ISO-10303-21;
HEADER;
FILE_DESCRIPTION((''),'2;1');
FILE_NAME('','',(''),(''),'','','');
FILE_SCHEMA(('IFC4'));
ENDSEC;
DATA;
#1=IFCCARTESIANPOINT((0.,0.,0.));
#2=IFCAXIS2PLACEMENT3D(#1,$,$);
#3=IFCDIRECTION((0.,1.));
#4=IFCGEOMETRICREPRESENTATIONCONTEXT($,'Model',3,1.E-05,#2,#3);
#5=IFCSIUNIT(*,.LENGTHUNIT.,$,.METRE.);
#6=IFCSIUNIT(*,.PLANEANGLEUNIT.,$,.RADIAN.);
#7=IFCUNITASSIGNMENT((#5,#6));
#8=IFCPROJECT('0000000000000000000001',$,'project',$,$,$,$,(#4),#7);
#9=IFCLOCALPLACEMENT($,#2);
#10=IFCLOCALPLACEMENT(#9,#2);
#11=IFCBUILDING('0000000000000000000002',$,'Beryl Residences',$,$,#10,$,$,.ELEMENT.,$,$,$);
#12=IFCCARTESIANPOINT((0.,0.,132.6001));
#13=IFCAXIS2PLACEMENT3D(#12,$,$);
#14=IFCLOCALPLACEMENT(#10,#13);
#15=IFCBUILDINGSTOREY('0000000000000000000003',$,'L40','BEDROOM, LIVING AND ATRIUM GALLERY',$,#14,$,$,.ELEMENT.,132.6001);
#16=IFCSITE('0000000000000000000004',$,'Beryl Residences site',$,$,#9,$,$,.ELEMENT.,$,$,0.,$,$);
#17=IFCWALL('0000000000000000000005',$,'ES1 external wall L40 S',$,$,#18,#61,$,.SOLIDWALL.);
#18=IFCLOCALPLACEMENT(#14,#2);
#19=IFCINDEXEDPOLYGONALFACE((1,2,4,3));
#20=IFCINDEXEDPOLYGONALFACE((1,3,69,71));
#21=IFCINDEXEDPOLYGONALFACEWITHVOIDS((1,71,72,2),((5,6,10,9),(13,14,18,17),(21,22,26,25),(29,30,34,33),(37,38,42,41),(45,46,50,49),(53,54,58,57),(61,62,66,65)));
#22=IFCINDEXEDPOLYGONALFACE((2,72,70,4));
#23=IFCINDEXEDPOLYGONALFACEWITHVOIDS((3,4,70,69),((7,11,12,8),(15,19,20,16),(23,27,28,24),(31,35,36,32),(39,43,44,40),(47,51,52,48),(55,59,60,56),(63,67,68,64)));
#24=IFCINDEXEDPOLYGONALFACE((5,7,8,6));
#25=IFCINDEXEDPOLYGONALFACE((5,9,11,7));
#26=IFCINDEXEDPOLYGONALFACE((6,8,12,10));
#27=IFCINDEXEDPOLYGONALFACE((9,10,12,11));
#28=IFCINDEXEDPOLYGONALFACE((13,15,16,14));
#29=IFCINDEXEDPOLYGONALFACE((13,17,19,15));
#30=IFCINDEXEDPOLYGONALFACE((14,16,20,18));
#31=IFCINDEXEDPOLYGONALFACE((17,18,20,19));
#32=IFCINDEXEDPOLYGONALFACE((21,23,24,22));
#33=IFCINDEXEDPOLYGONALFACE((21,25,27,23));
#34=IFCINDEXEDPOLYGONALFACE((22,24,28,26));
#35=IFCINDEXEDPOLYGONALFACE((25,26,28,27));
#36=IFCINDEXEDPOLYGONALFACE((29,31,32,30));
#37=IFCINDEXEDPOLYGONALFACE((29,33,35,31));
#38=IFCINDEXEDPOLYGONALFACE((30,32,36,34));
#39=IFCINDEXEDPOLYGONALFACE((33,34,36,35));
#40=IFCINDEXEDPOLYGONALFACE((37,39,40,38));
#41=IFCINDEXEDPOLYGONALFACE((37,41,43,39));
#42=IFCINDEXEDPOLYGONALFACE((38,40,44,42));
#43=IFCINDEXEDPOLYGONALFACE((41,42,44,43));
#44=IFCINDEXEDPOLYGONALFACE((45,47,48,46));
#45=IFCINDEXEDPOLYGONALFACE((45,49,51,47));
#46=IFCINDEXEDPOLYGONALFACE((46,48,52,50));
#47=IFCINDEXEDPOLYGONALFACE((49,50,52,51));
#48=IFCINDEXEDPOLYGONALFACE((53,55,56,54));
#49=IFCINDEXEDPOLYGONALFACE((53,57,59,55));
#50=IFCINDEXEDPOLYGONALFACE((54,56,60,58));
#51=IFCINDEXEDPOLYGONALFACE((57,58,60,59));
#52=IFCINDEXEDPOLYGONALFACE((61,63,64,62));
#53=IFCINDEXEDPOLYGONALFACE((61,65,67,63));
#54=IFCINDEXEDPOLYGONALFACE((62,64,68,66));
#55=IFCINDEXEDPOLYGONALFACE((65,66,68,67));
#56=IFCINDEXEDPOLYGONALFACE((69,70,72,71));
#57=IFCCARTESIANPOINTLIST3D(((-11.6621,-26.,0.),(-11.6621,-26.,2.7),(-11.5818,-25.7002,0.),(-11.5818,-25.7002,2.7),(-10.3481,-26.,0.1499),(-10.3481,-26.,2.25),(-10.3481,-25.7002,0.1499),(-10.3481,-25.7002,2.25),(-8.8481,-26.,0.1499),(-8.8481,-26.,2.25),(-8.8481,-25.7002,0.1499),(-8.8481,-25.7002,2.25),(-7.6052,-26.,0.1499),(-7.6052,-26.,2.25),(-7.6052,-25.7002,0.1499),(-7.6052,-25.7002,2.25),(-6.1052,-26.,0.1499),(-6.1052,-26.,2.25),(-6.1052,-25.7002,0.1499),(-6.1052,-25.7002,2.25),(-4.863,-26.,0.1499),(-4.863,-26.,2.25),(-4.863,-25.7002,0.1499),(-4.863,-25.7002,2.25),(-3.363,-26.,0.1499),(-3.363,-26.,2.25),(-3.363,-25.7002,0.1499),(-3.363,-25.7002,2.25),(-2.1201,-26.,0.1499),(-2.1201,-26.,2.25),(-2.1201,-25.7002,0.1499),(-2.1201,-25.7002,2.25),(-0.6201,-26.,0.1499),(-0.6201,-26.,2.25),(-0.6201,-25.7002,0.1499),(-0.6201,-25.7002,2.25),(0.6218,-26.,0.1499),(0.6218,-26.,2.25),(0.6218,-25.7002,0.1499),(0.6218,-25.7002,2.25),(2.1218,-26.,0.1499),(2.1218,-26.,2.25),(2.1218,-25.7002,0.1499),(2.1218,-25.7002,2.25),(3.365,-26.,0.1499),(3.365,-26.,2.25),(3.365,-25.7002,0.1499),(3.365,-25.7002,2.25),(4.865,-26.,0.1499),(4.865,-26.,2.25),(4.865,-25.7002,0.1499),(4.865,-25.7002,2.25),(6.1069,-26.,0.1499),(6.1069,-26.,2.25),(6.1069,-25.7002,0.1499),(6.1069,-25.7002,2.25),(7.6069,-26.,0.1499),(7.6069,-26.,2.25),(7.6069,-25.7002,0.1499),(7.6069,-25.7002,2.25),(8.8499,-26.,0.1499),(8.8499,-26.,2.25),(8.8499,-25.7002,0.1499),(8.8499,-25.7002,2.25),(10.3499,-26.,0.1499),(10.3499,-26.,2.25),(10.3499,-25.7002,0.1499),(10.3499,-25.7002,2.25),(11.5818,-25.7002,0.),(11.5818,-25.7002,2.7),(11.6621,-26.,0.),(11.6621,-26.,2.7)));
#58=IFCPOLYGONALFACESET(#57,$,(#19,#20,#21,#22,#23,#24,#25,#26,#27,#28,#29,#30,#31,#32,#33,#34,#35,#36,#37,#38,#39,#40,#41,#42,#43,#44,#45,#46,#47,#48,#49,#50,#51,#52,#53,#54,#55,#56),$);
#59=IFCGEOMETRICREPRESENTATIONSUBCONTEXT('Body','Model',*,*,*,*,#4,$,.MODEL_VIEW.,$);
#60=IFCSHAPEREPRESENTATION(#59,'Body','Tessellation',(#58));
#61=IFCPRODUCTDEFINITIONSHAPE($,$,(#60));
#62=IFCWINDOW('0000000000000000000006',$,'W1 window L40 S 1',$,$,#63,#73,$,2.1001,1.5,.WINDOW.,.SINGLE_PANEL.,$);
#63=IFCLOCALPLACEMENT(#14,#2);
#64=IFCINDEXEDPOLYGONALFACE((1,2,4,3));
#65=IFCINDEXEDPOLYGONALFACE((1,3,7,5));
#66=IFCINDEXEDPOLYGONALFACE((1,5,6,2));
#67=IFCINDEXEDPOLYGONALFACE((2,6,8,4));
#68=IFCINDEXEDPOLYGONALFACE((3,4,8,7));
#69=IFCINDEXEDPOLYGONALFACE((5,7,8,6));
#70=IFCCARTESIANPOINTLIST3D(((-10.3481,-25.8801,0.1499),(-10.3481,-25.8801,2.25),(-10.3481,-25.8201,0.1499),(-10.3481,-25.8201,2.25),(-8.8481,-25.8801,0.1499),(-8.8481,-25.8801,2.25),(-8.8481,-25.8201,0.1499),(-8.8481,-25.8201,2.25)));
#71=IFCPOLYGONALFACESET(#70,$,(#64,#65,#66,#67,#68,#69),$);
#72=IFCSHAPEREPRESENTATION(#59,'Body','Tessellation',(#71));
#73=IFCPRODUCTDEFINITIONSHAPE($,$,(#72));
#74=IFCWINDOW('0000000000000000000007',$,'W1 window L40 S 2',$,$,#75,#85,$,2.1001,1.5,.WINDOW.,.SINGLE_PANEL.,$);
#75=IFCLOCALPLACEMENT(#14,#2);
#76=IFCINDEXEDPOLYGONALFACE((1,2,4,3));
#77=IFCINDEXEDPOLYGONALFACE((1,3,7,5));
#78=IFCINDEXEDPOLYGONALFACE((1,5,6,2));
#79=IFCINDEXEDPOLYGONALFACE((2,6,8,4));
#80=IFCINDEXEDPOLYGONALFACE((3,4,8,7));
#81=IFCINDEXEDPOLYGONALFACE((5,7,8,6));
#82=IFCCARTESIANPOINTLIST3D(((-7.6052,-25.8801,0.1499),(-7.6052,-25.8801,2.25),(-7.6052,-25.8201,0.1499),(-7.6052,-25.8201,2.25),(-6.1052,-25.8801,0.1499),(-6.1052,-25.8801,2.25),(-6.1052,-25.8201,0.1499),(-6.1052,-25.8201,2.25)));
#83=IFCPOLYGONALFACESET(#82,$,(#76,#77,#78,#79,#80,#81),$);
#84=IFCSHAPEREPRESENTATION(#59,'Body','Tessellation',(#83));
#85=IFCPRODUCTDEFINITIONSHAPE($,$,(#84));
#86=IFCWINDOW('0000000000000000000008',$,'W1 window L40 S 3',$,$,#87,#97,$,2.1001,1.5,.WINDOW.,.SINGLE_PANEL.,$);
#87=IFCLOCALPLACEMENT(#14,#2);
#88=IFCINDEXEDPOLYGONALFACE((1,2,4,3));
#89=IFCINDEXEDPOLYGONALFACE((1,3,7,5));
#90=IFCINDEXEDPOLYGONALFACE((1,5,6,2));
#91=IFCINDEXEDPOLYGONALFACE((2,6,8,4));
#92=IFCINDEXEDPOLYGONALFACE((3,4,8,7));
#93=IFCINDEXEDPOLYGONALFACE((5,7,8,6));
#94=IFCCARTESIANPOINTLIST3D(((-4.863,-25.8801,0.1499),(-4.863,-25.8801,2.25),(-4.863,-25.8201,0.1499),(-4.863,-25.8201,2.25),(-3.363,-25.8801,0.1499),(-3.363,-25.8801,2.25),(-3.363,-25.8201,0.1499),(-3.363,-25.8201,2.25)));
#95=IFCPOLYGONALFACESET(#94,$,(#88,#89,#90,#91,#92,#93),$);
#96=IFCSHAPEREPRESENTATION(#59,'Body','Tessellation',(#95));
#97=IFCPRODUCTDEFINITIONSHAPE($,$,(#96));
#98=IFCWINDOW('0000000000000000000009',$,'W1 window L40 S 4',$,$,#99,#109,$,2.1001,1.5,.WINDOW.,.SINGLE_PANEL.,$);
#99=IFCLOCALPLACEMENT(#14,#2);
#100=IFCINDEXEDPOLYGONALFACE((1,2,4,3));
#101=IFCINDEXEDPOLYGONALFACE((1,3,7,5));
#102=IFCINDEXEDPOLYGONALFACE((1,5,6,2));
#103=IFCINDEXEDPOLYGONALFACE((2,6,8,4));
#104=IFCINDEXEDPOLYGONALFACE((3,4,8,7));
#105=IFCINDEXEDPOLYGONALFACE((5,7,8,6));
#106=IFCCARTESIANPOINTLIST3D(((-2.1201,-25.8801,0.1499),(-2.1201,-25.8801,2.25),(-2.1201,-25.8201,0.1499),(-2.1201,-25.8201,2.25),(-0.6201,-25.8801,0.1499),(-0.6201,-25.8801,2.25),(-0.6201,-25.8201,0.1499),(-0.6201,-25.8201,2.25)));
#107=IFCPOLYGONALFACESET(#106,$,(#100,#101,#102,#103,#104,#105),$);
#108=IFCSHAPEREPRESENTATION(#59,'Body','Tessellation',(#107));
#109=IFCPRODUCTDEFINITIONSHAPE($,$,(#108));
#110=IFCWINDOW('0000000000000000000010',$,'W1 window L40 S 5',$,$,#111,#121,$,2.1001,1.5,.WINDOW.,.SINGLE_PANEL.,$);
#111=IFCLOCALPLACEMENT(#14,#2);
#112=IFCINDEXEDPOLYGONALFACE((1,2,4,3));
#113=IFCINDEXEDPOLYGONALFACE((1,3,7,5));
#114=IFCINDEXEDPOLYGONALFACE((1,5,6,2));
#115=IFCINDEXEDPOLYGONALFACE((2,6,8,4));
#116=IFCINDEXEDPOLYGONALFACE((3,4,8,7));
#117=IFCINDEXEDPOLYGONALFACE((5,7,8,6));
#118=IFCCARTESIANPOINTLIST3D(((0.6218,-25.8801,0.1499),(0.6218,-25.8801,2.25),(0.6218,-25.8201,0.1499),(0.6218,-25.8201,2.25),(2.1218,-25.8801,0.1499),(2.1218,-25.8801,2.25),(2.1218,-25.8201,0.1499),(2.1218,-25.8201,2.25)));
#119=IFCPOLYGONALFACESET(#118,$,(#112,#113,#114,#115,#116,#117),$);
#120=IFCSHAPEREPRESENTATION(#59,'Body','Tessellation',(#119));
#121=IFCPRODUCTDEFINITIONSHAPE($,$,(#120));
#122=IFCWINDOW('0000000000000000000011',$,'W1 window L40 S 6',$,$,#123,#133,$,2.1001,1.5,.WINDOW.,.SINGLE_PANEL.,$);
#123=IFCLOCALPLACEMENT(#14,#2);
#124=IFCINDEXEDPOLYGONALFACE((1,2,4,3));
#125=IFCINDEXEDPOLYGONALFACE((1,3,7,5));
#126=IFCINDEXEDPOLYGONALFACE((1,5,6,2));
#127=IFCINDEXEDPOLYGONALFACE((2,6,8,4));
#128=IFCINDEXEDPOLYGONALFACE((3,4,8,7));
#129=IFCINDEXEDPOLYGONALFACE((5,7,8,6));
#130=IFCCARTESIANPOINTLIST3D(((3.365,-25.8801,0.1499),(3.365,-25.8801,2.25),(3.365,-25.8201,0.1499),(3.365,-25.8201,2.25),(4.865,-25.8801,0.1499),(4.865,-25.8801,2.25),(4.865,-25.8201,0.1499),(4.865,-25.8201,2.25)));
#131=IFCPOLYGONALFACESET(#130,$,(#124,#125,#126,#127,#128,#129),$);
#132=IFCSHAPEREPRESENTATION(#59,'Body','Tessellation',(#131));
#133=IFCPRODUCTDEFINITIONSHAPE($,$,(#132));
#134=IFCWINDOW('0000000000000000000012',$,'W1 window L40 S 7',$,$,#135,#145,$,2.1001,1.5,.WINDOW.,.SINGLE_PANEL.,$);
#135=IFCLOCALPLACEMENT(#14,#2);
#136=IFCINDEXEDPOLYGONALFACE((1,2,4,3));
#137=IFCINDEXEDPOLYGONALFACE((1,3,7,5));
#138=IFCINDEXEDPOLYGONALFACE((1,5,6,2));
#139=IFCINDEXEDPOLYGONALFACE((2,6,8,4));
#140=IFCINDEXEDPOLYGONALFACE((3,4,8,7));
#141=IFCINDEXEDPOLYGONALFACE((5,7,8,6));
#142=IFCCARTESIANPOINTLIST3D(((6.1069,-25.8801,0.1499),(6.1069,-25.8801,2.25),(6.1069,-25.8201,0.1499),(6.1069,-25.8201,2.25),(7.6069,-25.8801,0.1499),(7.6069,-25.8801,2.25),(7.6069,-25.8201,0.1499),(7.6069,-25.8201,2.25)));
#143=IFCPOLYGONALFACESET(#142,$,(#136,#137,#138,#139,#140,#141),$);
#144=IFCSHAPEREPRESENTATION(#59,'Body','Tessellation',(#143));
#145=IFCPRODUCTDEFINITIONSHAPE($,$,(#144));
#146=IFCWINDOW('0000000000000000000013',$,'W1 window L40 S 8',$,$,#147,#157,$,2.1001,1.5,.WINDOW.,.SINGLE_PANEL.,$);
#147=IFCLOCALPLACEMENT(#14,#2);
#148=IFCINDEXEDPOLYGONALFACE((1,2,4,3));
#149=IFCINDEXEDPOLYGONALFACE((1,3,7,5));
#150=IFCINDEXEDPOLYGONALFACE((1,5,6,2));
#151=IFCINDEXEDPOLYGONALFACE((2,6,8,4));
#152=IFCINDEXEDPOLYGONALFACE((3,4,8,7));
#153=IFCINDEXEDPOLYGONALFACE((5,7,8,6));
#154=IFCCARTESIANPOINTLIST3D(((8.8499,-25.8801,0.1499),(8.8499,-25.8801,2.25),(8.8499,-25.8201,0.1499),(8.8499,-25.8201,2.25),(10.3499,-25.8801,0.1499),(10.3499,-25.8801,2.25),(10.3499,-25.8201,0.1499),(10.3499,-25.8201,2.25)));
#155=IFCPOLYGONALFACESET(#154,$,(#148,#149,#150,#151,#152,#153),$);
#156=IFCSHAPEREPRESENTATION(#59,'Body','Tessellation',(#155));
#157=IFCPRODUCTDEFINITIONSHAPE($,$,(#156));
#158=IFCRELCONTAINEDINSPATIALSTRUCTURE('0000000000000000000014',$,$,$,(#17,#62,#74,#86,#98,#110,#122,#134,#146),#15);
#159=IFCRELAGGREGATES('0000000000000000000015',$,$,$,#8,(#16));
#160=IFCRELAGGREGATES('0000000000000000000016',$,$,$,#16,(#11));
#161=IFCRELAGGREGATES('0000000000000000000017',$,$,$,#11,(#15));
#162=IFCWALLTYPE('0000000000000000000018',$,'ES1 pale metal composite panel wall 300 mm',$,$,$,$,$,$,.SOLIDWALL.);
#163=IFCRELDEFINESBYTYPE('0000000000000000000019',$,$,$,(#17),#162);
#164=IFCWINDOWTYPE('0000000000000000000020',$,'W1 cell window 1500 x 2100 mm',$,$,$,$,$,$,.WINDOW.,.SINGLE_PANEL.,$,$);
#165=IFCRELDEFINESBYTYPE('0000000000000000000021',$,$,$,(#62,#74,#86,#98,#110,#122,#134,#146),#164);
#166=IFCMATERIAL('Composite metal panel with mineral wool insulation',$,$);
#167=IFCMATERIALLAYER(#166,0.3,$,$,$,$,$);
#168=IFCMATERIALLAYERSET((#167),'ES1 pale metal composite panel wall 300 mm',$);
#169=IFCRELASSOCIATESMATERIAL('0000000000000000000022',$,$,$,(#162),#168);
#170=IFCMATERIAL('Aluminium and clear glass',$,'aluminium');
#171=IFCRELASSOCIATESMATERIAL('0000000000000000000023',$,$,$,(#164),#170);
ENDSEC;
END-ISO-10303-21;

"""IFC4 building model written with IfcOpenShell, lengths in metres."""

from ifc_helpers import new_model, si_unit, direction, frame, frame_2d, origin, place, context, subcontext, project, spatial, polyline, rectangle, outline, extrude, material, layer, layer_set, type_object, element, fill, save


model = new_model("IFC4")

# Units and contexts
model_context = context("Model", 3, precision=1e-05, world=origin(), true_north=direction((0.0, 1.0)))
body_context = subcontext(model_context, "Body", "Model", "MODEL_VIEW")
ifc_project = project(units=[si_unit("LENGTHUNIT", "METRE"), si_unit("PLANEANGLEUNIT", "RADIAN")], contexts=[model_context])

# Site, building, storey
site_placement = place(None, origin())
site = spatial("IfcSite", under=ifc_project, at=site_placement, Name="Beryl Residences site", CompositionType="ELEMENT", RefElevation=0.0)
building_placement = place(site_placement, origin())
building = spatial("IfcBuilding", under=site, at=building_placement, Name="Beryl Residences", CompositionType="ELEMENT")
storey_placement = place(building_placement, frame((0.0, 0.0, 132.6001)))
storey = spatial("IfcBuildingStorey", under=building, at=storey_placement, Name="L40", Description="BEDROOM, LIVING AND ATRIUM GALLERY", CompositionType="ELEMENT", Elevation=132.6001)

# Wall, openings, windows
ifc_material_1 = material(Name="Composite metal panel with mineral wool insulation")
ifc_layer_1 = layer(ifc_material_1, 0.3)
ifc_layer_set_1 = layer_set([ifc_layer_1], Name="ES1 pale metal composite panel wall 300 mm")
wall_type_1 = type_object("IfcWallType", Name="ES1 pale metal composite panel wall 300 mm", PredefinedType="SOLIDWALL", material=ifc_layer_set_1)
wall_1_placement = place(storey_placement, frame((-11.6621, -25.8501, 0.0), z_axis=(0.0, 0.0, 1.0), x_axis=(1.0, 0.0, 0.0)))
wall_1 = element("IfcWall", 1, at=wall_1_placement, inside=storey, type_object=wall_type_1, Name="ES1 external wall L40 S", PredefinedType="SOLIDWALL", context=body_context, shape_type="SweptSolid", body=[
    extrude(outline(polyline([(0.0, -0.1499), (23.3242, -0.1499), (23.2439, 0.1499), (0.0803, 0.1499), (0.0, -0.1499)])), origin(), (0.0, 0.0, 1.0), 2.7),
])
opening_1_placement = place(wall_1_placement, frame((1.314, 0.0, 0.1499)))
opening_1 = element("IfcOpeningElement", 2, at=opening_1_placement, cuts=wall_1, PredefinedType="OPENING", context=body_context, shape_type="SweptSolid", body=[
    extrude(rectangle(XDim=1.5, YDim=2.1001, at=frame_2d((0.75, 1.05))), frame((0.0, 0.1599, 0.0), z_axis=(0.0, -1.0, 0.0), x_axis=(1.0, 0.0, 0.0)), (0.0, 0.0, 1.0), 0.3201),
])
opening_2_placement = place(wall_1_placement, frame((4.0569, 0.0, 0.1499)))
opening_2 = element("IfcOpeningElement", 3, at=opening_2_placement, cuts=wall_1, PredefinedType="OPENING", context=body_context, shape_type="SweptSolid", body=[
    extrude(rectangle(XDim=1.5, YDim=2.1001, at=frame_2d((0.75, 1.05))), frame((0.0, 0.1599, 0.0), z_axis=(0.0, -1.0, 0.0), x_axis=(1.0, 0.0, 0.0)), (0.0, 0.0, 1.0), 0.3201),
])
opening_3_placement = place(wall_1_placement, frame((6.7991, 0.0, 0.1499)))
opening_3 = element("IfcOpeningElement", 4, at=opening_3_placement, cuts=wall_1, PredefinedType="OPENING", context=body_context, shape_type="SweptSolid", body=[
    extrude(rectangle(XDim=1.5, YDim=2.1001, at=frame_2d((0.75, 1.05))), frame((0.0, 0.1599, 0.0), z_axis=(0.0, -1.0, 0.0), x_axis=(1.0, 0.0, 0.0)), (0.0, 0.0, 1.0), 0.3201),
])
opening_4_placement = place(wall_1_placement, frame((9.542, 0.0, 0.1499)))
opening_4 = element("IfcOpeningElement", 5, at=opening_4_placement, cuts=wall_1, PredefinedType="OPENING", context=body_context, shape_type="SweptSolid", body=[
    extrude(rectangle(XDim=1.5, YDim=2.1001, at=frame_2d((0.75, 1.05))), frame((0.0, 0.1599, 0.0), z_axis=(0.0, -1.0, 0.0), x_axis=(1.0, 0.0, 0.0)), (0.0, 0.0, 1.0), 0.3201),
])
opening_5_placement = place(wall_1_placement, frame((12.2839, 0.0, 0.1499)))
opening_5 = element("IfcOpeningElement", 6, at=opening_5_placement, cuts=wall_1, PredefinedType="OPENING", context=body_context, shape_type="SweptSolid", body=[
    extrude(rectangle(XDim=1.5, YDim=2.1001, at=frame_2d((0.75, 1.05))), frame((0.0, 0.1599, 0.0), z_axis=(0.0, -1.0, 0.0), x_axis=(1.0, 0.0, 0.0)), (0.0, 0.0, 1.0), 0.3201),
])
opening_6_placement = place(wall_1_placement, frame((15.0271, 0.0, 0.1499)))
opening_6 = element("IfcOpeningElement", 7, at=opening_6_placement, cuts=wall_1, PredefinedType="OPENING", context=body_context, shape_type="SweptSolid", body=[
    extrude(rectangle(XDim=1.5, YDim=2.1001, at=frame_2d((0.75, 1.05))), frame((0.0, 0.1599, 0.0), z_axis=(0.0, -1.0, 0.0), x_axis=(1.0, 0.0, 0.0)), (0.0, 0.0, 1.0), 0.3201),
])
opening_7_placement = place(wall_1_placement, frame((17.769, 0.0, 0.1499)))
opening_7 = element("IfcOpeningElement", 8, at=opening_7_placement, cuts=wall_1, PredefinedType="OPENING", context=body_context, shape_type="SweptSolid", body=[
    extrude(rectangle(XDim=1.5, YDim=2.1001, at=frame_2d((0.75, 1.05))), frame((0.0, 0.1599, 0.0), z_axis=(0.0, -1.0, 0.0), x_axis=(1.0, 0.0, 0.0)), (0.0, 0.0, 1.0), 0.3201),
])
opening_8_placement = place(wall_1_placement, frame((20.512, 0.0, 0.1499)))
opening_8 = element("IfcOpeningElement", 9, at=opening_8_placement, cuts=wall_1, PredefinedType="OPENING", context=body_context, shape_type="SweptSolid", body=[
    extrude(rectangle(XDim=1.5, YDim=2.1001, at=frame_2d((0.75, 1.05))), frame((0.0, 0.1599, 0.0), z_axis=(0.0, -1.0, 0.0), x_axis=(1.0, 0.0, 0.0)), (0.0, 0.0, 1.0), 0.3201),
])
ifc_material_2 = material(Name="Aluminium and clear glass", Category="aluminium")
window_type = type_object("IfcWindowType", Name="W1 cell window 1500 x 2100 mm", PartitioningType="SINGLE_PANEL", PredefinedType="WINDOW", material=ifc_material_2)
window_1_placement = place(opening_1_placement, origin())
window_1 = element("IfcWindow", 10, at=window_1_placement, inside=storey, type_object=window_type, Name="W1 window L40 S 1", OverallHeight=2.1001, OverallWidth=1.5, PartitioningType="SINGLE_PANEL", PredefinedType="WINDOW", context=body_context, shape_type="SweptSolid", body=[
    extrude(rectangle(XDim=1.5, YDim=2.1001, at=frame_2d((0.75, 1.05))), frame((0.0, 0.03, 0.0), z_axis=(0.0, -1.0, 0.0), x_axis=(1.0, 0.0, 0.0)), (0.0, 0.0, 1.0), 0.0601),
])
fill(opening_1, window_1)
window_2_placement = place(opening_2_placement, origin())
window_2 = element("IfcWindow", 11, at=window_2_placement, inside=storey, type_object=window_type, Name="W1 window L40 S 2", OverallHeight=2.1001, OverallWidth=1.5, PartitioningType="SINGLE_PANEL", PredefinedType="WINDOW", context=body_context, shape_type="SweptSolid", body=[
    extrude(rectangle(XDim=1.5, YDim=2.1001, at=frame_2d((0.75, 1.05))), frame((0.0, 0.03, 0.0), z_axis=(0.0, -1.0, 0.0), x_axis=(1.0, 0.0, 0.0)), (0.0, 0.0, 1.0), 0.0601),
])
fill(opening_2, window_2)
window_3_placement = place(opening_3_placement, origin())
window_3 = element("IfcWindow", 12, at=window_3_placement, inside=storey, type_object=window_type, Name="W1 window L40 S 3", OverallHeight=2.1001, OverallWidth=1.5, PartitioningType="SINGLE_PANEL", PredefinedType="WINDOW", context=body_context, shape_type="SweptSolid", body=[
    extrude(rectangle(XDim=1.5, YDim=2.1001, at=frame_2d((0.75, 1.05))), frame((0.0, 0.03, 0.0), z_axis=(0.0, -1.0, 0.0), x_axis=(1.0, 0.0, 0.0)), (0.0, 0.0, 1.0), 0.0601),
])
fill(opening_3, window_3)
window_4_placement = place(opening_4_placement, origin())
window_4 = element("IfcWindow", 13, at=window_4_placement, inside=storey, type_object=window_type, Name="W1 window L40 S 4", OverallHeight=2.1001, OverallWidth=1.5, PartitioningType="SINGLE_PANEL", PredefinedType="WINDOW", context=body_context, shape_type="SweptSolid", body=[
    extrude(rectangle(XDim=1.5, YDim=2.1001, at=frame_2d((0.75, 1.05))), frame((0.0, 0.03, 0.0), z_axis=(0.0, -1.0, 0.0), x_axis=(1.0, 0.0, 0.0)), (0.0, 0.0, 1.0), 0.0601),
])
fill(opening_4, window_4)
window_5_placement = place(opening_5_placement, origin())
window_5 = element("IfcWindow", 14, at=window_5_placement, inside=storey, type_object=window_type, Name="W1 window L40 S 5", OverallHeight=2.1001, OverallWidth=1.5, PartitioningType="SINGLE_PANEL", PredefinedType="WINDOW", context=body_context, shape_type="SweptSolid", body=[
    extrude(rectangle(XDim=1.5, YDim=2.1001, at=frame_2d((0.75, 1.05))), frame((0.0, 0.03, 0.0), z_axis=(0.0, -1.0, 0.0), x_axis=(1.0, 0.0, 0.0)), (0.0, 0.0, 1.0), 0.0601),
])
fill(opening_5, window_5)
window_6_placement = place(opening_6_placement, origin())
window_6 = element("IfcWindow", 15, at=window_6_placement, inside=storey, type_object=window_type, Name="W1 window L40 S 6", OverallHeight=2.1001, OverallWidth=1.5, PartitioningType="SINGLE_PANEL", PredefinedType="WINDOW", context=body_context, shape_type="SweptSolid", body=[
    extrude(rectangle(XDim=1.5, YDim=2.1001, at=frame_2d((0.75, 1.05))), frame((0.0, 0.03, 0.0), z_axis=(0.0, -1.0, 0.0), x_axis=(1.0, 0.0, 0.0)), (0.0, 0.0, 1.0), 0.0601),
])
fill(opening_6, window_6)
window_7_placement = place(opening_7_placement, origin())
window_7 = element("IfcWindow", 16, at=window_7_placement, inside=storey, type_object=window_type, Name="W1 window L40 S 7", OverallHeight=2.1001, OverallWidth=1.5, PartitioningType="SINGLE_PANEL", PredefinedType="WINDOW", context=body_context, shape_type="SweptSolid", body=[
    extrude(rectangle(XDim=1.5, YDim=2.1001, at=frame_2d((0.75, 1.05))), frame((0.0, 0.03, 0.0), z_axis=(0.0, -1.0, 0.0), x_axis=(1.0, 0.0, 0.0)), (0.0, 0.0, 1.0), 0.0601),
])
fill(opening_7, window_7)
window_8_placement = place(opening_8_placement, origin())
window_8 = element("IfcWindow", 17, at=window_8_placement, inside=storey, type_object=window_type, Name="W1 window L40 S 8", OverallHeight=2.1001, OverallWidth=1.5, PartitioningType="SINGLE_PANEL", PredefinedType="WINDOW", context=body_context, shape_type="SweptSolid", body=[
    extrude(rectangle(XDim=1.5, YDim=2.1001, at=frame_2d((0.75, 1.05))), frame((0.0, 0.03, 0.0), z_axis=(0.0, -1.0, 0.0), x_axis=(1.0, 0.0, 0.0)), (0.0, 0.0, 1.0), 0.0601),
])
fill(opening_8, window_8)

save(model, "model.ifc")
